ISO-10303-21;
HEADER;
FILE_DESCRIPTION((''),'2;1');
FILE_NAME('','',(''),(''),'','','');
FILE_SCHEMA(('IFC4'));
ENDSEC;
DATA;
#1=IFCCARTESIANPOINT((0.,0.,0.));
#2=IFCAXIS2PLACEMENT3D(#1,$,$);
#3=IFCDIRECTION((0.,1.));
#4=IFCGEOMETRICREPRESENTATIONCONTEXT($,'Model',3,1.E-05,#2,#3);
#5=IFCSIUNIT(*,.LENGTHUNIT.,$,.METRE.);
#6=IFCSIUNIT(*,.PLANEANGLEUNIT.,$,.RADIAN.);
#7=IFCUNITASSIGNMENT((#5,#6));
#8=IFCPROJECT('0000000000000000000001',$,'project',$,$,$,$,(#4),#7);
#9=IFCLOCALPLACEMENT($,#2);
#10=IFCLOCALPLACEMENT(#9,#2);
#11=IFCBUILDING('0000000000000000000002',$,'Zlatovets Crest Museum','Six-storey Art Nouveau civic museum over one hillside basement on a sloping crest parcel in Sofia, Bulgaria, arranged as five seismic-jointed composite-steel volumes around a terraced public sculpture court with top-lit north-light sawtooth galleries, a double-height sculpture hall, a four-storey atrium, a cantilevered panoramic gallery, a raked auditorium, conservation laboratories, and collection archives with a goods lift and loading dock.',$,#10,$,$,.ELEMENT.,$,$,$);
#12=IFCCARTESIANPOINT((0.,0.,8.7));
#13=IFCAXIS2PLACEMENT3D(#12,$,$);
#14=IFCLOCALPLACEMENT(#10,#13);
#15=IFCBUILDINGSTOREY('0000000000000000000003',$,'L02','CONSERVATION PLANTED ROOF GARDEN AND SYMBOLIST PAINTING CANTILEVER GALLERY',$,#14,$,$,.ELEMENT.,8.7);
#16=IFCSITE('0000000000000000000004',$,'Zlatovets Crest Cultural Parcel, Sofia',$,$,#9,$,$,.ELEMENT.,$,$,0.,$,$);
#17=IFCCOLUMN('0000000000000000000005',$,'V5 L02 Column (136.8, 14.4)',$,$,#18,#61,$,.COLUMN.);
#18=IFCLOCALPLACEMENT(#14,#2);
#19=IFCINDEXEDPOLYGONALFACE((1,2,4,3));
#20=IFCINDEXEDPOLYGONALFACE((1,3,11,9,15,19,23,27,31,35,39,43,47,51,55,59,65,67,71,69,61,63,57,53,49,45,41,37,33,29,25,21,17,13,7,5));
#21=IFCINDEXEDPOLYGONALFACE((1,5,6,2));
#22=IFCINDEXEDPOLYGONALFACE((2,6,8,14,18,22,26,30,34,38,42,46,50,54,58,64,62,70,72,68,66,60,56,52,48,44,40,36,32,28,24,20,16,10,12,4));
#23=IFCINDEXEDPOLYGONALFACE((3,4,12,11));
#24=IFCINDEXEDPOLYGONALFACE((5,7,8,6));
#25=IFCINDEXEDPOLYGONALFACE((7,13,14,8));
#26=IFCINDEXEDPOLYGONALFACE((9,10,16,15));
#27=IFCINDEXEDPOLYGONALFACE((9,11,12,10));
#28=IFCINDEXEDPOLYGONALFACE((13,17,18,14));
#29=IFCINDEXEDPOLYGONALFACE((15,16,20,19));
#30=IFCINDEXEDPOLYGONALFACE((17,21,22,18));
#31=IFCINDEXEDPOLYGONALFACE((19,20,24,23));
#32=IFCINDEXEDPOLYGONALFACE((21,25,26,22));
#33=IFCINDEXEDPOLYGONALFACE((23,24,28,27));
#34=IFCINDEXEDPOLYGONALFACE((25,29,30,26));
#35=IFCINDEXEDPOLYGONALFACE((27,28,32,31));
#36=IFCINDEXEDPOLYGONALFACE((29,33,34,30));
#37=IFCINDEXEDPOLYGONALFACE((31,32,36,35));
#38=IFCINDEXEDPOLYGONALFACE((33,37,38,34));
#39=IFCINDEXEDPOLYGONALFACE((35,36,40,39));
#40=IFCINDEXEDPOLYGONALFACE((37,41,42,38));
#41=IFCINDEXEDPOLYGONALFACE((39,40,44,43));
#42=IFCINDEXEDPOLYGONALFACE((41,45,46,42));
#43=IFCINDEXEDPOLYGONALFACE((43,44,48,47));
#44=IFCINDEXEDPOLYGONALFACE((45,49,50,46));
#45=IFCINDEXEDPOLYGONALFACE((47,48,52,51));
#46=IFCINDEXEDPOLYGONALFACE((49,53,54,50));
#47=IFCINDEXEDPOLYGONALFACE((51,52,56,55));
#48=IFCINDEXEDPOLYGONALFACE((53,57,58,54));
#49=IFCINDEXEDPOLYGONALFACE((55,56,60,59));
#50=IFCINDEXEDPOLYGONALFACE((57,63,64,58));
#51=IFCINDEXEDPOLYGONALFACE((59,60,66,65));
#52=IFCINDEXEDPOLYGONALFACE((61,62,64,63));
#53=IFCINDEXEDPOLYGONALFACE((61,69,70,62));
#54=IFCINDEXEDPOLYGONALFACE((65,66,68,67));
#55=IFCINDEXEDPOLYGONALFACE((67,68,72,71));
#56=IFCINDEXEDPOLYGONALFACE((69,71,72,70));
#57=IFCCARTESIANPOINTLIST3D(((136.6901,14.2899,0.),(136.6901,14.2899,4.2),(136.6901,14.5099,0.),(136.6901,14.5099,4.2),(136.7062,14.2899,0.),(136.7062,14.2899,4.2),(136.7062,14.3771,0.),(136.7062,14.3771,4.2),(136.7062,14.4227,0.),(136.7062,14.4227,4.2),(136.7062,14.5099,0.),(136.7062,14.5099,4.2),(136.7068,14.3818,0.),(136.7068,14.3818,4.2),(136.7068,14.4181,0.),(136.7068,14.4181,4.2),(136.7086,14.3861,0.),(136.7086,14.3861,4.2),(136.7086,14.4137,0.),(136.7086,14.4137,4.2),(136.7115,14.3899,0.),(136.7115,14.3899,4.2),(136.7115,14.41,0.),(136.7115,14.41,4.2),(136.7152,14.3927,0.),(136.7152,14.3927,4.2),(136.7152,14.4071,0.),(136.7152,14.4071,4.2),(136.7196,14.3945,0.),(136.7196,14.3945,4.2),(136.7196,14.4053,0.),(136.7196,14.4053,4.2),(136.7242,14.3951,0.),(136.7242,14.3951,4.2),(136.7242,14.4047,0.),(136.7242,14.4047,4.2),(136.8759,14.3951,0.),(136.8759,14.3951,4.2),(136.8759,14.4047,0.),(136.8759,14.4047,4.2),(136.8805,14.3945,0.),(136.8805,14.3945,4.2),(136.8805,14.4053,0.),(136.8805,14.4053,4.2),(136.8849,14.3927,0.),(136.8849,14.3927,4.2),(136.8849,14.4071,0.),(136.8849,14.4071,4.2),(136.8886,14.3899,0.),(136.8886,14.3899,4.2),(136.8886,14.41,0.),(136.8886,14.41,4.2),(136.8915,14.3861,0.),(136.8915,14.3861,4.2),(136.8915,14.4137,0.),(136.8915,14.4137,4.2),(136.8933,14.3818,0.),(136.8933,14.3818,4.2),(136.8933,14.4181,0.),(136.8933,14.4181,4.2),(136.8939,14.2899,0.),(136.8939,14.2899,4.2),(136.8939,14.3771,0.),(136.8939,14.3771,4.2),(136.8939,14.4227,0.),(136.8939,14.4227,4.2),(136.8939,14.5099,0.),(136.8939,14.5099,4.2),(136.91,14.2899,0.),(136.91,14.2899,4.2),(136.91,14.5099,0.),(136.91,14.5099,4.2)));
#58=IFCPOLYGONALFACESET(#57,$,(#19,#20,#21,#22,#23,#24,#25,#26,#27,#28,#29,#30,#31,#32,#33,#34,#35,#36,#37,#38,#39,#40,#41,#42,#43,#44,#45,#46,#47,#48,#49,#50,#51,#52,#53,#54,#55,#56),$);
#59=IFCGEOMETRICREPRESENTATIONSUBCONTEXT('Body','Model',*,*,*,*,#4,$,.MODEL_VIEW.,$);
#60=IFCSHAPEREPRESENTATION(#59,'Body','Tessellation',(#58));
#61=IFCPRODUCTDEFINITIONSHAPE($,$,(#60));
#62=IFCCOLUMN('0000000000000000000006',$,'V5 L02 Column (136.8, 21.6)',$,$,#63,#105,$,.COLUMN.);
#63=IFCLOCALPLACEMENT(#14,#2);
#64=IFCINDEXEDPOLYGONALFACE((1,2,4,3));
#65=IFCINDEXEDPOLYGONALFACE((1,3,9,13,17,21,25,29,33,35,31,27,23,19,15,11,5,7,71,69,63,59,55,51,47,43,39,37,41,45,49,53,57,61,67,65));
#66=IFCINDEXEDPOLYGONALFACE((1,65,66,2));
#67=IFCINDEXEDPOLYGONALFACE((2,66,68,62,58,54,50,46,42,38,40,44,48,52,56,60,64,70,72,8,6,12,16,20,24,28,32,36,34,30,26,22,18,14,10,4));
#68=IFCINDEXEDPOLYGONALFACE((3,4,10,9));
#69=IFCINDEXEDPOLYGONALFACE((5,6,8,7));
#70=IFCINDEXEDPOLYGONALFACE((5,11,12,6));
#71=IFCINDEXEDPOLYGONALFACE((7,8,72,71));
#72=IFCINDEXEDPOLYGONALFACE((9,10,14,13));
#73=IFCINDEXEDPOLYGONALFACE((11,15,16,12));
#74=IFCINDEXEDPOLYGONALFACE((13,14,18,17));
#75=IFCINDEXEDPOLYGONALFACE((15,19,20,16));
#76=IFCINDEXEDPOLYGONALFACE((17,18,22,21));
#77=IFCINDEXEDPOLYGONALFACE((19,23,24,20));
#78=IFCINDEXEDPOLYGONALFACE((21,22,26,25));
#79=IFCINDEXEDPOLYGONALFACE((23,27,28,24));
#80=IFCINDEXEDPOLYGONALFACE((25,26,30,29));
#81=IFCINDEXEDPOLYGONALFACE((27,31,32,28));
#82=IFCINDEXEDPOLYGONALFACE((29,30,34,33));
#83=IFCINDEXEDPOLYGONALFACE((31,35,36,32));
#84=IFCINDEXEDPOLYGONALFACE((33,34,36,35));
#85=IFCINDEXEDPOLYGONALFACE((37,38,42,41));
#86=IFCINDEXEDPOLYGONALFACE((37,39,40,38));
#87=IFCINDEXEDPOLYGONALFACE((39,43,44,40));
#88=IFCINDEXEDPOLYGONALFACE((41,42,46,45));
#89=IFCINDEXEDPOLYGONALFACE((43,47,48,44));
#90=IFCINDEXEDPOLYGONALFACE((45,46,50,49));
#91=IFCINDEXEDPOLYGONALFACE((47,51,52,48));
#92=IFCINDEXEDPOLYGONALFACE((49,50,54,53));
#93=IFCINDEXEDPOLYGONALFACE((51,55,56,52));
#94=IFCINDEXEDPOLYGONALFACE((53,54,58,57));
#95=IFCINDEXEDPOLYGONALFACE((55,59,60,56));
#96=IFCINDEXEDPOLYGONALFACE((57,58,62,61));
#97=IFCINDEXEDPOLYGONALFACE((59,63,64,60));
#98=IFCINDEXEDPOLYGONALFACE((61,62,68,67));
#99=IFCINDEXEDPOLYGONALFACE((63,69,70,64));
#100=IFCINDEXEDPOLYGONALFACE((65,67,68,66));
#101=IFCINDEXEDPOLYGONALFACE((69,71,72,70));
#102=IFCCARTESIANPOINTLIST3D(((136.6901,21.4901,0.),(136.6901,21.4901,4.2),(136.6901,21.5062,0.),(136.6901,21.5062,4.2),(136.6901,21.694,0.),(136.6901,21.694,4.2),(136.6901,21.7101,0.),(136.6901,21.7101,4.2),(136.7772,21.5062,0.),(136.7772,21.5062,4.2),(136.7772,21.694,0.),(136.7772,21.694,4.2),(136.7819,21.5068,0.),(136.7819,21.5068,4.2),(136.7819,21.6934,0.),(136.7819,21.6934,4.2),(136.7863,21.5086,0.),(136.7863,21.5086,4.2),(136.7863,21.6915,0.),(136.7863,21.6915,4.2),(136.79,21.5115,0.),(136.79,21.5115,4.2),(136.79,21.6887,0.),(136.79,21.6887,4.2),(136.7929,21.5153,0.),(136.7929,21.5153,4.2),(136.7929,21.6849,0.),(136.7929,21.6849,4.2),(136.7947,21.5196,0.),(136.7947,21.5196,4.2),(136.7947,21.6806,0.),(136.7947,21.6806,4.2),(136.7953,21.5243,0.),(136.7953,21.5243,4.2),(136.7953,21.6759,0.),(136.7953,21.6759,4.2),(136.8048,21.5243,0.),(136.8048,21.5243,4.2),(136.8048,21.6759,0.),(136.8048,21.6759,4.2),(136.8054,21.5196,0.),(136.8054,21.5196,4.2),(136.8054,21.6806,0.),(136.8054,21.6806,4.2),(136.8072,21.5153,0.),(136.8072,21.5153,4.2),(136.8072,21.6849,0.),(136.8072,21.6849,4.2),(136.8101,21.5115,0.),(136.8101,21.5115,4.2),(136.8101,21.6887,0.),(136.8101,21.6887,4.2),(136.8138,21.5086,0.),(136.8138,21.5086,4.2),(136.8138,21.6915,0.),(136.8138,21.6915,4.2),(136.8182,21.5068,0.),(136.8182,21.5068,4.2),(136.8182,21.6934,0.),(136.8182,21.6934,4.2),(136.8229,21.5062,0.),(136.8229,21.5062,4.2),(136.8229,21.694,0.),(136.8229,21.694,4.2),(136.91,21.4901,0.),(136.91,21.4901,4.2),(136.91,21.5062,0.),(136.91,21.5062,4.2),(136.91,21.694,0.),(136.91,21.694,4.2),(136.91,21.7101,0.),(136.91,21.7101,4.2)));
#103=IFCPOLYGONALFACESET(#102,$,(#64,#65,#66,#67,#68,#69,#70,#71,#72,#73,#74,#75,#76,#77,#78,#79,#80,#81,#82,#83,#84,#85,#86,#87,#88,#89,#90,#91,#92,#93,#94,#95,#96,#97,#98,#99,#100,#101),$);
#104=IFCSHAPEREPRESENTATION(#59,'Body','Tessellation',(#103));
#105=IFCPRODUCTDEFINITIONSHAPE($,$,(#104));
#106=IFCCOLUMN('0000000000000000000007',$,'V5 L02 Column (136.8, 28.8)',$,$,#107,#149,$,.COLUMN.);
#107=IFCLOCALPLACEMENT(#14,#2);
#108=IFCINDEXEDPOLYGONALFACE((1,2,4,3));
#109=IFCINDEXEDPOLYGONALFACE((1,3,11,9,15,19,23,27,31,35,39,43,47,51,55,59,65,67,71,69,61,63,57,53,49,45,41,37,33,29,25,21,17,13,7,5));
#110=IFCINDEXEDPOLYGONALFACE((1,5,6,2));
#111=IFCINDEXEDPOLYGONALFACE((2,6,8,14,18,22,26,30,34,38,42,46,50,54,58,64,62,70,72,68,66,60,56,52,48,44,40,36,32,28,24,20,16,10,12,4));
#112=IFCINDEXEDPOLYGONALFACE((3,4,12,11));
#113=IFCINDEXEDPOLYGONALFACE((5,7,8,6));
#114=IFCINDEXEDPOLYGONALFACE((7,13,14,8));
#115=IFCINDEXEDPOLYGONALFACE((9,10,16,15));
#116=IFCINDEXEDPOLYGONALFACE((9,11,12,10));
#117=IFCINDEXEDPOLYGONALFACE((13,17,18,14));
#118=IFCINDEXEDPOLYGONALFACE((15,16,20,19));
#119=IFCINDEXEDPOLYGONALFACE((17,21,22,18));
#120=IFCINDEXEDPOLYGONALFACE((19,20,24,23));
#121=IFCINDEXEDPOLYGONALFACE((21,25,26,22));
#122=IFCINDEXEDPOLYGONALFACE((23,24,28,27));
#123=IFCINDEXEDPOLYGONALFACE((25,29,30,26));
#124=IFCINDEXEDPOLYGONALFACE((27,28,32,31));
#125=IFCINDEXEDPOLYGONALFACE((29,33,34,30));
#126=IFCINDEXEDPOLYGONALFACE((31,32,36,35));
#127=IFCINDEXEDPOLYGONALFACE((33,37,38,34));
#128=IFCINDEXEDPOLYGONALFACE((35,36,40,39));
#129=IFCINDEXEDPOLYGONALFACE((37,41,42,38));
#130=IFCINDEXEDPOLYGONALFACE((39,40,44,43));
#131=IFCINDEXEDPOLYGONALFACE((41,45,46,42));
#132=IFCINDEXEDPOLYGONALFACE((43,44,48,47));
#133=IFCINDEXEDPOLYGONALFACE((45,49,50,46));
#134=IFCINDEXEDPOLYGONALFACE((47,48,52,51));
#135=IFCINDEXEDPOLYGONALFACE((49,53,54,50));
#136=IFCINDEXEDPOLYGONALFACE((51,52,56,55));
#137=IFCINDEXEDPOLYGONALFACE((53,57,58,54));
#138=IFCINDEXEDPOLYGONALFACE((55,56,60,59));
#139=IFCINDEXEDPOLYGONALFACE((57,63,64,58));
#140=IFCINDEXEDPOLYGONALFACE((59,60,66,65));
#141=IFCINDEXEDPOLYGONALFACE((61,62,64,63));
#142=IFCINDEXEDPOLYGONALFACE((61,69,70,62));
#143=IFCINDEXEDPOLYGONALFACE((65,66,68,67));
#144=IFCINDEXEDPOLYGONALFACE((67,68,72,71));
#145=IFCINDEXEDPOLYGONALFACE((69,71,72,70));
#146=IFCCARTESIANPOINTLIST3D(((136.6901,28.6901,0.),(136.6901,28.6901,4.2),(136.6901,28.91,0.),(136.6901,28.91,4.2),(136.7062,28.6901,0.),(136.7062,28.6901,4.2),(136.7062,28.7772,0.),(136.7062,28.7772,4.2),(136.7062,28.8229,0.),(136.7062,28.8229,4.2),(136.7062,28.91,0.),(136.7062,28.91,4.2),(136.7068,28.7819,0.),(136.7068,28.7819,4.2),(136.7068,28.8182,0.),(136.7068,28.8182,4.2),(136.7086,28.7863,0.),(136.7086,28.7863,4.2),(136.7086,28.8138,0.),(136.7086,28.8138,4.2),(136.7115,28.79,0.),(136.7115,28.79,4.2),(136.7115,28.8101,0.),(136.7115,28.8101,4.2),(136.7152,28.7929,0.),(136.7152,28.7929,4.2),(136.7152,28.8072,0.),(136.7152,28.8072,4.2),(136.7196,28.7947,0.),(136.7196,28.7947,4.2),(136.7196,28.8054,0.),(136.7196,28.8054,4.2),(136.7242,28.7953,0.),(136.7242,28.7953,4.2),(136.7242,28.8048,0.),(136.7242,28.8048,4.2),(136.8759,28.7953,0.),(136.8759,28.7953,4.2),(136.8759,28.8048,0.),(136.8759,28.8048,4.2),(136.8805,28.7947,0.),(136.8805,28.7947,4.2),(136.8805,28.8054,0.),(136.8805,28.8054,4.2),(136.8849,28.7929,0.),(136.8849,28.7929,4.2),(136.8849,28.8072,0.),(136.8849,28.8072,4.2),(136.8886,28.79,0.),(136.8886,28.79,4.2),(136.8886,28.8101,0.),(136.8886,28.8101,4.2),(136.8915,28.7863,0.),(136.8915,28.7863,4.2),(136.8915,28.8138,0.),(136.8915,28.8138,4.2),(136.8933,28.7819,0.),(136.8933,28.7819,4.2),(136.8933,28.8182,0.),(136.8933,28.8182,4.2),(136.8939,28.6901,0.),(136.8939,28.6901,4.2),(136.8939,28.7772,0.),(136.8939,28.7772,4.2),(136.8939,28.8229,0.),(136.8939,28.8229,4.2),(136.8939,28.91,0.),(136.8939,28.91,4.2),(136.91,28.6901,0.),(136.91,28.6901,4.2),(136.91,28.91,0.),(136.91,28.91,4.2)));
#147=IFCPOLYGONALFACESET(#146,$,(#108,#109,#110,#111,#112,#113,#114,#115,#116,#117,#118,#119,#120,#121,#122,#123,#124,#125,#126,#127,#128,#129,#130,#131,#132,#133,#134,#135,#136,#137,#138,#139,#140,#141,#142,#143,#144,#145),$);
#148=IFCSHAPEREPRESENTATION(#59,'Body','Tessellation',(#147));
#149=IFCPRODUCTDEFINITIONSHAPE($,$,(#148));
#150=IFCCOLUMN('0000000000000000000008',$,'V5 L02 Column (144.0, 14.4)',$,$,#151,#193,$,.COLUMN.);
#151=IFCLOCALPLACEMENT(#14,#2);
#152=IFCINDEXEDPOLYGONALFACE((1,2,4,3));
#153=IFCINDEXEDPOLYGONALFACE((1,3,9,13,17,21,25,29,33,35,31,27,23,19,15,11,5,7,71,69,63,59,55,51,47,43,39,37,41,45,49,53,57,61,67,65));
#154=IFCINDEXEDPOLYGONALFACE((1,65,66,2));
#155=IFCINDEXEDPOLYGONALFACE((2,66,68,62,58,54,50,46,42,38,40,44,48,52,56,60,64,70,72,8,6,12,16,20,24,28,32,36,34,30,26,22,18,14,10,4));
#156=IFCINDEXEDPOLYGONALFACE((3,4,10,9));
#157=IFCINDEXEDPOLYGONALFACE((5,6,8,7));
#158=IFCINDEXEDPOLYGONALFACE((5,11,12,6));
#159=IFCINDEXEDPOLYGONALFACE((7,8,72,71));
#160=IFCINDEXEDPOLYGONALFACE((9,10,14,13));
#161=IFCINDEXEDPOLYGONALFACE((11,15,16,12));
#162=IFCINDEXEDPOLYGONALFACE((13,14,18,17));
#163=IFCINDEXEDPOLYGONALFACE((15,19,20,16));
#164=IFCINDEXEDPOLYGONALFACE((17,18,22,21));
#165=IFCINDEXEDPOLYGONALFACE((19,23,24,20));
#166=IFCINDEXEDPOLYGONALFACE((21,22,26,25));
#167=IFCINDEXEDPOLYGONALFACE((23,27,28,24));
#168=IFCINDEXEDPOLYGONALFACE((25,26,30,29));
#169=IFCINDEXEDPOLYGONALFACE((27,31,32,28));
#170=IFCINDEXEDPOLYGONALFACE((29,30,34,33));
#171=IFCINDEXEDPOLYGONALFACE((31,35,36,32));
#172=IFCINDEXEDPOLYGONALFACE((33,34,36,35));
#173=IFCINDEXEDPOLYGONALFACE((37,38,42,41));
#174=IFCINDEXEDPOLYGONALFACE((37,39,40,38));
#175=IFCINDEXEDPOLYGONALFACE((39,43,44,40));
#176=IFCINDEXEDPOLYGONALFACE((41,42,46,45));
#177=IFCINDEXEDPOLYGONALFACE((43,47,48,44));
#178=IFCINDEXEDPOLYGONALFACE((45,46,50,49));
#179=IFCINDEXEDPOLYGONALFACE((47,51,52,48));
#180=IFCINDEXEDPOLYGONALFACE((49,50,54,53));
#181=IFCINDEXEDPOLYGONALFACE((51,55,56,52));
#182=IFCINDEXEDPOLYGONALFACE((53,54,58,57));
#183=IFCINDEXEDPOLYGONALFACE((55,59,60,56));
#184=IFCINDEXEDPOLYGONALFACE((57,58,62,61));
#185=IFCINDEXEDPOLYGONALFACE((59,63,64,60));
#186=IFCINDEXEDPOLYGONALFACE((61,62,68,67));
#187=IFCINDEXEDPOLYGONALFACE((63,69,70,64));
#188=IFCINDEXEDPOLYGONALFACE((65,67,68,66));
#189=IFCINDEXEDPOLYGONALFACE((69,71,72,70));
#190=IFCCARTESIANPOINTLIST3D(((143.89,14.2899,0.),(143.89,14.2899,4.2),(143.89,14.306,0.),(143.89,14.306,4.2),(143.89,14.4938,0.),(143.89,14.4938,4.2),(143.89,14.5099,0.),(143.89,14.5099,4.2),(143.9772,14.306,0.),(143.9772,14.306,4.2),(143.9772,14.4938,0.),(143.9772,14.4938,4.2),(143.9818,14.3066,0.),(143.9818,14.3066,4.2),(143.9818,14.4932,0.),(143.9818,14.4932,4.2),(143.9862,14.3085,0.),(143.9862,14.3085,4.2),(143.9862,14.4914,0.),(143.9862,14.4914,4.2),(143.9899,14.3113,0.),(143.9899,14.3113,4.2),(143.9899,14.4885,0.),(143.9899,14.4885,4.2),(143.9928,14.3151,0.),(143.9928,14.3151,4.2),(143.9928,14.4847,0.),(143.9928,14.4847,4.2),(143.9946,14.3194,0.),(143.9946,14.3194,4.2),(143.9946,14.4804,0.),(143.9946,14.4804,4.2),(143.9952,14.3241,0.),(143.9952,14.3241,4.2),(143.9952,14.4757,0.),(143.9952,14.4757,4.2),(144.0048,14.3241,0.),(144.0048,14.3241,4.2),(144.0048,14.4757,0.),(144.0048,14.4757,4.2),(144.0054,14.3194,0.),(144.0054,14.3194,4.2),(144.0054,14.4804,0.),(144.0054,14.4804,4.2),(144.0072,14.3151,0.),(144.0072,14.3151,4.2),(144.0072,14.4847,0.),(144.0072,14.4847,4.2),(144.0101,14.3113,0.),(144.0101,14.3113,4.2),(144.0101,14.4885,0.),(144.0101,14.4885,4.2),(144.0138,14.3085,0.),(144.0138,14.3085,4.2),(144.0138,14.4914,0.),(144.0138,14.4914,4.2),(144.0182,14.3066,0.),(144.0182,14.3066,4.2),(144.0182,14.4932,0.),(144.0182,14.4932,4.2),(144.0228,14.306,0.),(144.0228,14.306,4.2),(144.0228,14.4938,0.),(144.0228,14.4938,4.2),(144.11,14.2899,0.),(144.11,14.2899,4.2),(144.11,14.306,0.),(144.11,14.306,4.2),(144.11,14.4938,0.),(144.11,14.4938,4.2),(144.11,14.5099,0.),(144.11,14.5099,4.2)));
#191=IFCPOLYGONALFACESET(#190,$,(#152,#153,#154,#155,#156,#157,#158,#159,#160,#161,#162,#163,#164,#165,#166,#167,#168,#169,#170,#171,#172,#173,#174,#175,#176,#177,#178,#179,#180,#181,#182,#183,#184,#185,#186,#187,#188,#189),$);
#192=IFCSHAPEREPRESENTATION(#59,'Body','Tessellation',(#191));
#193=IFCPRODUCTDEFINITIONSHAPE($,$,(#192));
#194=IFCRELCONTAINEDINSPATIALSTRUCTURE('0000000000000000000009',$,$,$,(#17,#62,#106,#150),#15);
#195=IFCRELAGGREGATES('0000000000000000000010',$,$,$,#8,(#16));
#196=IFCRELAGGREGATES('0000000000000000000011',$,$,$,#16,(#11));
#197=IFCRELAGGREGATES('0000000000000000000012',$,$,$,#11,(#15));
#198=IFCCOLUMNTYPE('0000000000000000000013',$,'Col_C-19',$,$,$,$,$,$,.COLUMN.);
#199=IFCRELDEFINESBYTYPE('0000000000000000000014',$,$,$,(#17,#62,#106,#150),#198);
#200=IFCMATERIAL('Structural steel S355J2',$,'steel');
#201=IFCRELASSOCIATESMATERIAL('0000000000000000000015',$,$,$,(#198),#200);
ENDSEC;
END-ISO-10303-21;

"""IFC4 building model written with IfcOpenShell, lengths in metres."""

from ifc_helpers import new_model, si_unit, direction, frame, origin, origin_2d, place, context, subcontext, project, spatial, i_section, extrude, material, material_profile, profile_set, type_object, element, save


model = new_model("IFC4")

# Units and contexts
model_context = context("Model", 3, precision=1e-05, world=origin(), true_north=direction((0.0, 1.0)))
body_context = subcontext(model_context, "Body", "Model", "MODEL_VIEW")
ifc_project = project(units=[si_unit("LENGTHUNIT", "METRE"), si_unit("PLANEANGLEUNIT", "RADIAN")], contexts=[model_context])

# Site, building, storey
site_placement = place(None, origin())
site = spatial("IfcSite", under=ifc_project, at=site_placement, Name="Zlatovets Crest Cultural Parcel, Sofia", CompositionType="ELEMENT", RefElevation=0.0)
building_placement = place(site_placement, origin())
building = spatial("IfcBuilding", under=site, at=building_placement, Name="Zlatovets Crest Museum", Description="Six-storey Art Nouveau civic museum over one hillside basement on a sloping crest parcel in Sofia, Bulgaria, arranged as five seismic-jointed composite-steel volumes around a terraced public sculpture court with top-lit north-light sawtooth galleries, a double-height sculpture hall, a four-storey atrium, a cantilevered panoramic gallery, a raked auditorium, conservation laboratories, and collection archives with a goods lift and loading dock.", CompositionType="ELEMENT")
storey_placement = place(building_placement, frame((0.0, 0.0, 8.7)))
storey = spatial("IfcBuildingStorey", under=building, at=storey_placement, Name="L02", Description="CONSERVATION PLANTED ROOF GARDEN AND SYMBOLIST PAINTING CANTILEVER GALLERY", CompositionType="ELEMENT", Elevation=8.7)

# Columns
ifc_material_1 = material(Name="Structural steel S355J2", Category="steel")
ifc_material_profile_1 = material_profile(ifc_material_1, i_section(OverallWidth=0.22, OverallDepth=0.22, WebThickness=0.0095, FlangeThickness=0.0161, FilletRadius=0.0181, at=origin_2d()), Name="HEB 220")
ifc_profile_set_1 = profile_set([ifc_material_profile_1], Name="Structural steel S355J2")
column_type = type_object("IfcColumnType", Name="Col_C-19", PredefinedType="COLUMN", material=ifc_profile_set_1)
for number, where, z_axis, x_axis, name in (
    (1, (136.8, 14.3999, 0.0), (0.0, 0.0, 1.0), (0.0, 1.0, 0.0), "V5 L02 Column (136.8, 14.4)"),
    (2, (136.8, 21.6001, 0.0), (0.0, 0.0, 1.0), (1.0, 0.0, 0.0), "V5 L02 Column (136.8, 21.6)"),
    (3, (136.8, 28.8, 0.0), (0.0, 0.0, 1.0), (0.0, 1.0, 0.0), "V5 L02 Column (136.8, 28.8)"),
    (4, (144.0, 14.3999, 0.0), (0.0, 0.0, 1.0), (1.0, 0.0, 0.0), "V5 L02 Column (144.0, 14.4)"),
):
    element("IfcColumn", number, at=place(storey_placement, frame(where, z_axis=z_axis, x_axis=x_axis)), inside=storey, type_object=column_type, Name=name, PredefinedType="COLUMN", context=body_context, shape_type="SweptSolid", body=[
        extrude(i_section(OverallWidth=0.22, OverallDepth=0.22, WebThickness=0.0095, FlangeThickness=0.0161, FilletRadius=0.0181, at=origin_2d()), origin(), (0.0, 0.0, 1.0), 4.2),
    ])

save(model, "model.ifc")
